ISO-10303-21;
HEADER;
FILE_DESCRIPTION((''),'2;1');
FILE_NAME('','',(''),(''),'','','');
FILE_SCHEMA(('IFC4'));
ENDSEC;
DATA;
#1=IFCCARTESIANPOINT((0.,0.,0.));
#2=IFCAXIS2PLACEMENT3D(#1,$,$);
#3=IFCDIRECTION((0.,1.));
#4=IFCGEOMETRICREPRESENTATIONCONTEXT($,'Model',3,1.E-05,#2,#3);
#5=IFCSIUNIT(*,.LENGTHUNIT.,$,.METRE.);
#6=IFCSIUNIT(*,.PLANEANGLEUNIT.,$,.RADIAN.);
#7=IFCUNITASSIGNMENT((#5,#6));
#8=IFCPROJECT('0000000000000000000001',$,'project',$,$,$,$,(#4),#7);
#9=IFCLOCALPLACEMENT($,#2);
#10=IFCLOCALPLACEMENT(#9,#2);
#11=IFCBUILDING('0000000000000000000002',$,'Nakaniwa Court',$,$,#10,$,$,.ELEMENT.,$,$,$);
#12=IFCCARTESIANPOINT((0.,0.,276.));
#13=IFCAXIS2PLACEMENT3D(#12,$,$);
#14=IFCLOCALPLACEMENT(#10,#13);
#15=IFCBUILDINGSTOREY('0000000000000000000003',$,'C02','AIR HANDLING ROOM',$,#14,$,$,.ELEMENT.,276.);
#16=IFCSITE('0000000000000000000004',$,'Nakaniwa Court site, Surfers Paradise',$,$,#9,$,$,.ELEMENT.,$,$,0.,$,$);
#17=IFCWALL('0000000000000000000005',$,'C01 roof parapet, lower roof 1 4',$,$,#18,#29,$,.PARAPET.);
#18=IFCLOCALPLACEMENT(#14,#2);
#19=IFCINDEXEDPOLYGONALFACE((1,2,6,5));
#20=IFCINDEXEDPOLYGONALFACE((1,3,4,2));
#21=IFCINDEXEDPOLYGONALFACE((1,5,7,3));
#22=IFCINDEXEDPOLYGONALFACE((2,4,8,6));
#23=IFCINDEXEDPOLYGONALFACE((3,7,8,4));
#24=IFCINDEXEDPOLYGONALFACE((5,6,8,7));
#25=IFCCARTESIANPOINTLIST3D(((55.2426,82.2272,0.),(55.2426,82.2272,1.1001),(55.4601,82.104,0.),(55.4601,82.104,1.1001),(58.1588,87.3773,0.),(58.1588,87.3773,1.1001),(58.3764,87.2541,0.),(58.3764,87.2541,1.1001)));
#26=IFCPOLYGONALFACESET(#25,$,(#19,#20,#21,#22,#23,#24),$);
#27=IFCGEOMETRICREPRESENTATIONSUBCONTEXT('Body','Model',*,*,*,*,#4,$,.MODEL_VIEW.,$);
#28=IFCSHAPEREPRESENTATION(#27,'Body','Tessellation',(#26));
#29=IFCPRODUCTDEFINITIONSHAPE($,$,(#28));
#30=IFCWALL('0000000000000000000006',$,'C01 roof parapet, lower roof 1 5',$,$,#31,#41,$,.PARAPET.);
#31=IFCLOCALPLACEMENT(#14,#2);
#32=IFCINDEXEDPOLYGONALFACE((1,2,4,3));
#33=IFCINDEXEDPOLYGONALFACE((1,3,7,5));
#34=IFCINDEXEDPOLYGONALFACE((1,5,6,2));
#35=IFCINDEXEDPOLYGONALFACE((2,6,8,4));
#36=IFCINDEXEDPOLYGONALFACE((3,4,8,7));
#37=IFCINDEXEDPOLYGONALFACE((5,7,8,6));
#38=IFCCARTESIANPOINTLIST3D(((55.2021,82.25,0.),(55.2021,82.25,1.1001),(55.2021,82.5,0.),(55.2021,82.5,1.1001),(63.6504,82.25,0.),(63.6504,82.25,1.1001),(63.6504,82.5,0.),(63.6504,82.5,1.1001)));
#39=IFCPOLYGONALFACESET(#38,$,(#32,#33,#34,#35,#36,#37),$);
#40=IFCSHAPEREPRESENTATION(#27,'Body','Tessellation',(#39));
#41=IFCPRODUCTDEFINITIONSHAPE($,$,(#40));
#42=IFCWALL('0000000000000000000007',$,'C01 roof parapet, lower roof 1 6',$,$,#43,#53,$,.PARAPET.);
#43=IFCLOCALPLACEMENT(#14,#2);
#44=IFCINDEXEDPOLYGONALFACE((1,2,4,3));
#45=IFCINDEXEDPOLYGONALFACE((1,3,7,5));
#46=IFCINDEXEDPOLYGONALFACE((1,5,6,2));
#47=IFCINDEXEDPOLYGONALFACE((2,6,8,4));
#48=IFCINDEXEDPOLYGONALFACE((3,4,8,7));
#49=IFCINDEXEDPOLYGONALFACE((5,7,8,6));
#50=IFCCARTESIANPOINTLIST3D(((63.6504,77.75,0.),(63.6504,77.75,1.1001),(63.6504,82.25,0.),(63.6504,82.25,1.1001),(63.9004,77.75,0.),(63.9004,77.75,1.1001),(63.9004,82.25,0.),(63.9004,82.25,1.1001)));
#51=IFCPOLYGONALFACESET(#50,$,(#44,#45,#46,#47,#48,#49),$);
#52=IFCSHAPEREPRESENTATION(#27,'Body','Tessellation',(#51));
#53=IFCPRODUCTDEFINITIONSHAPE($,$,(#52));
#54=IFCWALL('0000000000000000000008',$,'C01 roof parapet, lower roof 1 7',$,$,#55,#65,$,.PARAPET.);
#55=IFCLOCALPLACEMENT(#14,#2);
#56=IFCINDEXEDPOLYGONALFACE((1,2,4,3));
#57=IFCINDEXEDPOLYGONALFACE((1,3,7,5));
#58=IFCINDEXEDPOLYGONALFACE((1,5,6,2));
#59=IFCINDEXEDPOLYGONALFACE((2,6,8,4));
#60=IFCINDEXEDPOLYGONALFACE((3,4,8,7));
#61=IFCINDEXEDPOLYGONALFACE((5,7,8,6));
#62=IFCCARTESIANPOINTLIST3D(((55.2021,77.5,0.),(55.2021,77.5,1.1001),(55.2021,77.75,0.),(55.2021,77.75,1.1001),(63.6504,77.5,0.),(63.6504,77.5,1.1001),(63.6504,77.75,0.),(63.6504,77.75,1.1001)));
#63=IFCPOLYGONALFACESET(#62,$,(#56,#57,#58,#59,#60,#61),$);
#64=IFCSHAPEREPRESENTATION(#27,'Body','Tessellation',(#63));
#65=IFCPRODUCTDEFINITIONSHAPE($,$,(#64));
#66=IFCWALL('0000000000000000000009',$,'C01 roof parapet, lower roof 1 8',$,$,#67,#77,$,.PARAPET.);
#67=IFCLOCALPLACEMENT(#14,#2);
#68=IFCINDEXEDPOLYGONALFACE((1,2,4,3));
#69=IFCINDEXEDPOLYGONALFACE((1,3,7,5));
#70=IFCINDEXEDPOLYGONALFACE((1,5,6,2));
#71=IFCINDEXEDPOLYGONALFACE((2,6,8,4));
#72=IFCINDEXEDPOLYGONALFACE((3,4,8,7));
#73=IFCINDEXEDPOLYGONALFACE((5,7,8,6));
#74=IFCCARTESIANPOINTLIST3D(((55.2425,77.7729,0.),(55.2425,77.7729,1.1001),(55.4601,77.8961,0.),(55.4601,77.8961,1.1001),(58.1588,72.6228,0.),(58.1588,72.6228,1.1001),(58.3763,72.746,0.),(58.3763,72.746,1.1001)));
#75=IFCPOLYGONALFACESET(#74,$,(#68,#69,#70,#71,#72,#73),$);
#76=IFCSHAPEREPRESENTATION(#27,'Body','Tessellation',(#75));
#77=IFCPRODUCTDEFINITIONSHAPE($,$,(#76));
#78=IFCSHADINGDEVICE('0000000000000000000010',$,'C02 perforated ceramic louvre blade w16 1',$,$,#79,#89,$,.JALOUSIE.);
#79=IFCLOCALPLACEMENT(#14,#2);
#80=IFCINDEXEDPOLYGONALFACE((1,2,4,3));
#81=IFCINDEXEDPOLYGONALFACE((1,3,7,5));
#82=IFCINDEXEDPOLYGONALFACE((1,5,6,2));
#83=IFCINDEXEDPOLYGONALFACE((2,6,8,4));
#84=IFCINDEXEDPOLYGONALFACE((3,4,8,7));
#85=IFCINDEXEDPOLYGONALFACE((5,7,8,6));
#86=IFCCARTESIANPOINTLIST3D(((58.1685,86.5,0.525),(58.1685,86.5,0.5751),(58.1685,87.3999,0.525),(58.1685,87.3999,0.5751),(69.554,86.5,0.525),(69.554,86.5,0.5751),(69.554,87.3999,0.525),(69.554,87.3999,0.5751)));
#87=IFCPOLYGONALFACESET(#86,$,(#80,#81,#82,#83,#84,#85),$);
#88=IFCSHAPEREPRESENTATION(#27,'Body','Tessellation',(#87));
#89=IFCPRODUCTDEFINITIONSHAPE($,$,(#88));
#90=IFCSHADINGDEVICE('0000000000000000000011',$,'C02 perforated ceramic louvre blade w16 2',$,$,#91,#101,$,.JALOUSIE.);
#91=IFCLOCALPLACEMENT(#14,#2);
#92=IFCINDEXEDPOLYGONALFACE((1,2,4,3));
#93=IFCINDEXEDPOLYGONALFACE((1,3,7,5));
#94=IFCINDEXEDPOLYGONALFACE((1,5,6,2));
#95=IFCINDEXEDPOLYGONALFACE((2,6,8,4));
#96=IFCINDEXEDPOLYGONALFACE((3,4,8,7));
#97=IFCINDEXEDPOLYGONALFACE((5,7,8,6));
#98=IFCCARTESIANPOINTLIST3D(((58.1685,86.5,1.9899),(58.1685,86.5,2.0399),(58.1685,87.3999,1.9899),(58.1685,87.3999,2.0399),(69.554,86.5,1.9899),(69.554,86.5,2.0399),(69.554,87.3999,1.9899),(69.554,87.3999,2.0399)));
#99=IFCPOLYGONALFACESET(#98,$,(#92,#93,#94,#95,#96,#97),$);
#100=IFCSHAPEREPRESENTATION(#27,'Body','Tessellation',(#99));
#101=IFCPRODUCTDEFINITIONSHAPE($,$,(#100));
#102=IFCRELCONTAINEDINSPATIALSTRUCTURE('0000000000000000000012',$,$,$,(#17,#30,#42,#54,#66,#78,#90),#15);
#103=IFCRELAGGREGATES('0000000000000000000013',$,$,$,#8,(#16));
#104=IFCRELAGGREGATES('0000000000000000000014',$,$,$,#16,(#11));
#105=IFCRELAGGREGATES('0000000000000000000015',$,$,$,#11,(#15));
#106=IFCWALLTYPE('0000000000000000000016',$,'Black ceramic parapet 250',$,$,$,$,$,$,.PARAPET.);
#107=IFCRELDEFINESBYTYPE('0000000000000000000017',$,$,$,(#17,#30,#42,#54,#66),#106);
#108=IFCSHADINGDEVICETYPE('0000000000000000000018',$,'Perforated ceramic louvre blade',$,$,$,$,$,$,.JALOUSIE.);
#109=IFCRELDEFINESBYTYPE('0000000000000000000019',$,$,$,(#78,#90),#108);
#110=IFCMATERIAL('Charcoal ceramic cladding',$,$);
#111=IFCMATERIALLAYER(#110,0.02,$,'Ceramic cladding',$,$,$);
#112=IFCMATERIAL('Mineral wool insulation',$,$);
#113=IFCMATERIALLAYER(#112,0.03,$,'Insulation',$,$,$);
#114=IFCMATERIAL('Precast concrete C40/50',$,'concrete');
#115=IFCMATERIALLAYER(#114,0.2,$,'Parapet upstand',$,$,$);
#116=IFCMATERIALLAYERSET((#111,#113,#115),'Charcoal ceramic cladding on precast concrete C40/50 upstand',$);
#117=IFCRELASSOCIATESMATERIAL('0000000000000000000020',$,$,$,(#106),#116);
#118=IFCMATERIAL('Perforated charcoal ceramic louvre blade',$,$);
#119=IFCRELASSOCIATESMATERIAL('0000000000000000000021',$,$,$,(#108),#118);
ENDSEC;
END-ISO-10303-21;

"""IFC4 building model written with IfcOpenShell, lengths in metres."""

from ifc_helpers import new_model, si_unit, direction, frame, frame_2d, origin, origin_2d, place, context, subcontext, project, spatial, rectangle, extrude, material, layer, layer_set, material_profile, profile_set, type_object, element, save


model = new_model("IFC4")

# Units and contexts
model_context = context("Model", 3, precision=1e-05, world=origin(), true_north=direction((0.0, 1.0)))
body_context = subcontext(model_context, "Body", "Model", "MODEL_VIEW")
ifc_project = project(units=[si_unit("LENGTHUNIT", "METRE"), si_unit("PLANEANGLEUNIT", "RADIAN")], contexts=[model_context])

# Site, building, storey
site_placement = place(None, origin())
site = spatial("IfcSite", under=ifc_project, at=site_placement, Name="Nakaniwa Court site, Surfers Paradise", CompositionType="ELEMENT", RefElevation=0.0)
building_placement = place(site_placement, origin())
building = spatial("IfcBuilding", under=site, at=building_placement, Name="Nakaniwa Court", CompositionType="ELEMENT")
storey_placement = place(building_placement, frame((0.0, 0.0, 276.0)))
storey = spatial("IfcBuildingStorey", under=building, at=storey_placement, Name="C02", Description="AIR HANDLING ROOM", CompositionType="ELEMENT", Elevation=276.0)

# Shared definitions
ifc_material_1 = material(Name="Charcoal ceramic cladding")
ifc_material_2 = material(Name="Mineral wool insulation")

# Walls
ifc_layer_1 = layer(ifc_material_1, 0.02, Name="Ceramic cladding")
ifc_layer_2 = layer(ifc_material_2, 0.03, Name="Insulation")
ifc_material_3 = material(Name="Precast concrete C40/50", Category="concrete")
ifc_layer_3 = layer(ifc_material_3, 0.2, Name="Parapet upstand")
ifc_layer_set_1 = layer_set([ifc_layer_1, ifc_layer_2, ifc_layer_3], Name="Charcoal ceramic cladding on precast concrete C40/50 upstand")
wall_type_1 = type_object("IfcWallType", Name="Black ceramic parapet 250", PredefinedType="PARAPET", material=ifc_layer_set_1)
wall_1_placement = place(storey_placement, frame((58.2676, 87.3157, 0.0), z_axis=(0.0, 0.0, 1.0), x_axis=(-0.492737, -0.870178, 0.0)))
element("IfcWall", 1, at=wall_1_placement, inside=storey, type_object=wall_type_1, Name="C01 roof parapet, lower roof 1 4", PredefinedType="PARAPET", context=body_context, shape_type="SweptSolid", body=[
    extrude(rectangle(XDim=5.9185, YDim=0.25, at=frame_2d((2.9592, 0.0))), origin(), (0.0, 0.0, 1.0), 1.1001),
])
wall_2_placement = place(storey_placement, frame((55.2021, 82.375, 0.0), z_axis=(0.0, 0.0, 1.0), x_axis=(1.0, 0.0, 0.0)))
element("IfcWall", 2, at=wall_2_placement, inside=storey, type_object=wall_type_1, Name="C01 roof parapet, lower roof 1 5", PredefinedType="PARAPET", context=body_context, shape_type="SweptSolid", body=[
    extrude(rectangle(XDim=8.4482, YDim=0.25, at=frame_2d((4.2241, 0.0))), origin(), (0.0, 0.0, 1.0), 1.1001),
])
wall_3_placement = place(storey_placement, frame((63.7754, 82.25, 0.0), z_axis=(0.0, 0.0, 1.0), x_axis=(0.0, -1.0, 0.0)))
element("IfcWall", 3, at=wall_3_placement, inside=storey, type_object=wall_type_1, Name="C01 roof parapet, lower roof 1 6", PredefinedType="PARAPET", context=body_context, shape_type="SweptSolid", body=[
    extrude(rectangle(XDim=4.5, YDim=0.25, at=frame_2d((2.25, 0.0))), origin(), (0.0, 0.0, 1.0), 1.1001),
])
wall_4_placement = place(storey_placement, frame((63.6504, 77.625, 0.0), z_axis=(0.0, 0.0, 1.0), x_axis=(-1.0, 0.0, 0.0)))
element("IfcWall", 4, at=wall_4_placement, inside=storey, type_object=wall_type_1, Name="C01 roof parapet, lower roof 1 7", PredefinedType="PARAPET", context=body_context, shape_type="SweptSolid", body=[
    extrude(rectangle(XDim=8.4482, YDim=0.25, at=frame_2d((4.2241, 0.0))), origin(), (0.0, 0.0, 1.0), 1.1001),
])
wall_5_placement = place(storey_placement, frame((55.3513, 77.8345, 0.0), z_axis=(0.0, 0.0, 1.0), x_axis=(0.492737, -0.870178, 0.0)))
element("IfcWall", 5, at=wall_5_placement, inside=storey, type_object=wall_type_1, Name="C01 roof parapet, lower roof 1 8", PredefinedType="PARAPET", context=body_context, shape_type="SweptSolid", body=[
    extrude(rectangle(XDim=5.9185, YDim=0.25, at=frame_2d((2.9592, 0.0))), origin(), (0.0, 0.0, 1.0), 1.1001),
])

# Shading devices
ifc_material_4 = material(Name="Perforated charcoal ceramic louvre blade")
ifc_material_profile_1 = material_profile(ifc_material_4, rectangle(XDim=0.8999, YDim=0.05, at=origin_2d()), Name="Perforated ceramic louvre blade")
ifc_profile_set_1 = profile_set([ifc_material_profile_1], Name="Perforated charcoal ceramic louvre blade")
shading_device_type = type_object("IfcShadingDeviceType", Name="Perforated ceramic louvre blade", PredefinedType="JALOUSIE", material=ifc_profile_set_1)
for number, where, z_axis, x_axis, name in (
    (6, (58.1685, 86.95, 0.55), (1.0, 0.0, 0.0), (0.0, 1.0, 0.0), "C02 perforated ceramic louvre blade w16 1"),
    (7, (58.1685, 86.95, 2.0149), (1.0, 0.0, 0.0), (0.0, 1.0, 0.0), "C02 perforated ceramic louvre blade w16 2"),
):
    element("IfcShadingDevice", number, at=place(storey_placement, frame(where, z_axis=z_axis, x_axis=x_axis)), inside=storey, type_object=shading_device_type, Name=name, PredefinedType="JALOUSIE", context=body_context, shape_type="SweptSolid", body=[
        extrude(rectangle(XDim=0.8999, YDim=0.05, at=origin_2d()), origin(), (0.0, 0.0, 1.0), 11.3855),
    ])

save(model, "model.ifc")
